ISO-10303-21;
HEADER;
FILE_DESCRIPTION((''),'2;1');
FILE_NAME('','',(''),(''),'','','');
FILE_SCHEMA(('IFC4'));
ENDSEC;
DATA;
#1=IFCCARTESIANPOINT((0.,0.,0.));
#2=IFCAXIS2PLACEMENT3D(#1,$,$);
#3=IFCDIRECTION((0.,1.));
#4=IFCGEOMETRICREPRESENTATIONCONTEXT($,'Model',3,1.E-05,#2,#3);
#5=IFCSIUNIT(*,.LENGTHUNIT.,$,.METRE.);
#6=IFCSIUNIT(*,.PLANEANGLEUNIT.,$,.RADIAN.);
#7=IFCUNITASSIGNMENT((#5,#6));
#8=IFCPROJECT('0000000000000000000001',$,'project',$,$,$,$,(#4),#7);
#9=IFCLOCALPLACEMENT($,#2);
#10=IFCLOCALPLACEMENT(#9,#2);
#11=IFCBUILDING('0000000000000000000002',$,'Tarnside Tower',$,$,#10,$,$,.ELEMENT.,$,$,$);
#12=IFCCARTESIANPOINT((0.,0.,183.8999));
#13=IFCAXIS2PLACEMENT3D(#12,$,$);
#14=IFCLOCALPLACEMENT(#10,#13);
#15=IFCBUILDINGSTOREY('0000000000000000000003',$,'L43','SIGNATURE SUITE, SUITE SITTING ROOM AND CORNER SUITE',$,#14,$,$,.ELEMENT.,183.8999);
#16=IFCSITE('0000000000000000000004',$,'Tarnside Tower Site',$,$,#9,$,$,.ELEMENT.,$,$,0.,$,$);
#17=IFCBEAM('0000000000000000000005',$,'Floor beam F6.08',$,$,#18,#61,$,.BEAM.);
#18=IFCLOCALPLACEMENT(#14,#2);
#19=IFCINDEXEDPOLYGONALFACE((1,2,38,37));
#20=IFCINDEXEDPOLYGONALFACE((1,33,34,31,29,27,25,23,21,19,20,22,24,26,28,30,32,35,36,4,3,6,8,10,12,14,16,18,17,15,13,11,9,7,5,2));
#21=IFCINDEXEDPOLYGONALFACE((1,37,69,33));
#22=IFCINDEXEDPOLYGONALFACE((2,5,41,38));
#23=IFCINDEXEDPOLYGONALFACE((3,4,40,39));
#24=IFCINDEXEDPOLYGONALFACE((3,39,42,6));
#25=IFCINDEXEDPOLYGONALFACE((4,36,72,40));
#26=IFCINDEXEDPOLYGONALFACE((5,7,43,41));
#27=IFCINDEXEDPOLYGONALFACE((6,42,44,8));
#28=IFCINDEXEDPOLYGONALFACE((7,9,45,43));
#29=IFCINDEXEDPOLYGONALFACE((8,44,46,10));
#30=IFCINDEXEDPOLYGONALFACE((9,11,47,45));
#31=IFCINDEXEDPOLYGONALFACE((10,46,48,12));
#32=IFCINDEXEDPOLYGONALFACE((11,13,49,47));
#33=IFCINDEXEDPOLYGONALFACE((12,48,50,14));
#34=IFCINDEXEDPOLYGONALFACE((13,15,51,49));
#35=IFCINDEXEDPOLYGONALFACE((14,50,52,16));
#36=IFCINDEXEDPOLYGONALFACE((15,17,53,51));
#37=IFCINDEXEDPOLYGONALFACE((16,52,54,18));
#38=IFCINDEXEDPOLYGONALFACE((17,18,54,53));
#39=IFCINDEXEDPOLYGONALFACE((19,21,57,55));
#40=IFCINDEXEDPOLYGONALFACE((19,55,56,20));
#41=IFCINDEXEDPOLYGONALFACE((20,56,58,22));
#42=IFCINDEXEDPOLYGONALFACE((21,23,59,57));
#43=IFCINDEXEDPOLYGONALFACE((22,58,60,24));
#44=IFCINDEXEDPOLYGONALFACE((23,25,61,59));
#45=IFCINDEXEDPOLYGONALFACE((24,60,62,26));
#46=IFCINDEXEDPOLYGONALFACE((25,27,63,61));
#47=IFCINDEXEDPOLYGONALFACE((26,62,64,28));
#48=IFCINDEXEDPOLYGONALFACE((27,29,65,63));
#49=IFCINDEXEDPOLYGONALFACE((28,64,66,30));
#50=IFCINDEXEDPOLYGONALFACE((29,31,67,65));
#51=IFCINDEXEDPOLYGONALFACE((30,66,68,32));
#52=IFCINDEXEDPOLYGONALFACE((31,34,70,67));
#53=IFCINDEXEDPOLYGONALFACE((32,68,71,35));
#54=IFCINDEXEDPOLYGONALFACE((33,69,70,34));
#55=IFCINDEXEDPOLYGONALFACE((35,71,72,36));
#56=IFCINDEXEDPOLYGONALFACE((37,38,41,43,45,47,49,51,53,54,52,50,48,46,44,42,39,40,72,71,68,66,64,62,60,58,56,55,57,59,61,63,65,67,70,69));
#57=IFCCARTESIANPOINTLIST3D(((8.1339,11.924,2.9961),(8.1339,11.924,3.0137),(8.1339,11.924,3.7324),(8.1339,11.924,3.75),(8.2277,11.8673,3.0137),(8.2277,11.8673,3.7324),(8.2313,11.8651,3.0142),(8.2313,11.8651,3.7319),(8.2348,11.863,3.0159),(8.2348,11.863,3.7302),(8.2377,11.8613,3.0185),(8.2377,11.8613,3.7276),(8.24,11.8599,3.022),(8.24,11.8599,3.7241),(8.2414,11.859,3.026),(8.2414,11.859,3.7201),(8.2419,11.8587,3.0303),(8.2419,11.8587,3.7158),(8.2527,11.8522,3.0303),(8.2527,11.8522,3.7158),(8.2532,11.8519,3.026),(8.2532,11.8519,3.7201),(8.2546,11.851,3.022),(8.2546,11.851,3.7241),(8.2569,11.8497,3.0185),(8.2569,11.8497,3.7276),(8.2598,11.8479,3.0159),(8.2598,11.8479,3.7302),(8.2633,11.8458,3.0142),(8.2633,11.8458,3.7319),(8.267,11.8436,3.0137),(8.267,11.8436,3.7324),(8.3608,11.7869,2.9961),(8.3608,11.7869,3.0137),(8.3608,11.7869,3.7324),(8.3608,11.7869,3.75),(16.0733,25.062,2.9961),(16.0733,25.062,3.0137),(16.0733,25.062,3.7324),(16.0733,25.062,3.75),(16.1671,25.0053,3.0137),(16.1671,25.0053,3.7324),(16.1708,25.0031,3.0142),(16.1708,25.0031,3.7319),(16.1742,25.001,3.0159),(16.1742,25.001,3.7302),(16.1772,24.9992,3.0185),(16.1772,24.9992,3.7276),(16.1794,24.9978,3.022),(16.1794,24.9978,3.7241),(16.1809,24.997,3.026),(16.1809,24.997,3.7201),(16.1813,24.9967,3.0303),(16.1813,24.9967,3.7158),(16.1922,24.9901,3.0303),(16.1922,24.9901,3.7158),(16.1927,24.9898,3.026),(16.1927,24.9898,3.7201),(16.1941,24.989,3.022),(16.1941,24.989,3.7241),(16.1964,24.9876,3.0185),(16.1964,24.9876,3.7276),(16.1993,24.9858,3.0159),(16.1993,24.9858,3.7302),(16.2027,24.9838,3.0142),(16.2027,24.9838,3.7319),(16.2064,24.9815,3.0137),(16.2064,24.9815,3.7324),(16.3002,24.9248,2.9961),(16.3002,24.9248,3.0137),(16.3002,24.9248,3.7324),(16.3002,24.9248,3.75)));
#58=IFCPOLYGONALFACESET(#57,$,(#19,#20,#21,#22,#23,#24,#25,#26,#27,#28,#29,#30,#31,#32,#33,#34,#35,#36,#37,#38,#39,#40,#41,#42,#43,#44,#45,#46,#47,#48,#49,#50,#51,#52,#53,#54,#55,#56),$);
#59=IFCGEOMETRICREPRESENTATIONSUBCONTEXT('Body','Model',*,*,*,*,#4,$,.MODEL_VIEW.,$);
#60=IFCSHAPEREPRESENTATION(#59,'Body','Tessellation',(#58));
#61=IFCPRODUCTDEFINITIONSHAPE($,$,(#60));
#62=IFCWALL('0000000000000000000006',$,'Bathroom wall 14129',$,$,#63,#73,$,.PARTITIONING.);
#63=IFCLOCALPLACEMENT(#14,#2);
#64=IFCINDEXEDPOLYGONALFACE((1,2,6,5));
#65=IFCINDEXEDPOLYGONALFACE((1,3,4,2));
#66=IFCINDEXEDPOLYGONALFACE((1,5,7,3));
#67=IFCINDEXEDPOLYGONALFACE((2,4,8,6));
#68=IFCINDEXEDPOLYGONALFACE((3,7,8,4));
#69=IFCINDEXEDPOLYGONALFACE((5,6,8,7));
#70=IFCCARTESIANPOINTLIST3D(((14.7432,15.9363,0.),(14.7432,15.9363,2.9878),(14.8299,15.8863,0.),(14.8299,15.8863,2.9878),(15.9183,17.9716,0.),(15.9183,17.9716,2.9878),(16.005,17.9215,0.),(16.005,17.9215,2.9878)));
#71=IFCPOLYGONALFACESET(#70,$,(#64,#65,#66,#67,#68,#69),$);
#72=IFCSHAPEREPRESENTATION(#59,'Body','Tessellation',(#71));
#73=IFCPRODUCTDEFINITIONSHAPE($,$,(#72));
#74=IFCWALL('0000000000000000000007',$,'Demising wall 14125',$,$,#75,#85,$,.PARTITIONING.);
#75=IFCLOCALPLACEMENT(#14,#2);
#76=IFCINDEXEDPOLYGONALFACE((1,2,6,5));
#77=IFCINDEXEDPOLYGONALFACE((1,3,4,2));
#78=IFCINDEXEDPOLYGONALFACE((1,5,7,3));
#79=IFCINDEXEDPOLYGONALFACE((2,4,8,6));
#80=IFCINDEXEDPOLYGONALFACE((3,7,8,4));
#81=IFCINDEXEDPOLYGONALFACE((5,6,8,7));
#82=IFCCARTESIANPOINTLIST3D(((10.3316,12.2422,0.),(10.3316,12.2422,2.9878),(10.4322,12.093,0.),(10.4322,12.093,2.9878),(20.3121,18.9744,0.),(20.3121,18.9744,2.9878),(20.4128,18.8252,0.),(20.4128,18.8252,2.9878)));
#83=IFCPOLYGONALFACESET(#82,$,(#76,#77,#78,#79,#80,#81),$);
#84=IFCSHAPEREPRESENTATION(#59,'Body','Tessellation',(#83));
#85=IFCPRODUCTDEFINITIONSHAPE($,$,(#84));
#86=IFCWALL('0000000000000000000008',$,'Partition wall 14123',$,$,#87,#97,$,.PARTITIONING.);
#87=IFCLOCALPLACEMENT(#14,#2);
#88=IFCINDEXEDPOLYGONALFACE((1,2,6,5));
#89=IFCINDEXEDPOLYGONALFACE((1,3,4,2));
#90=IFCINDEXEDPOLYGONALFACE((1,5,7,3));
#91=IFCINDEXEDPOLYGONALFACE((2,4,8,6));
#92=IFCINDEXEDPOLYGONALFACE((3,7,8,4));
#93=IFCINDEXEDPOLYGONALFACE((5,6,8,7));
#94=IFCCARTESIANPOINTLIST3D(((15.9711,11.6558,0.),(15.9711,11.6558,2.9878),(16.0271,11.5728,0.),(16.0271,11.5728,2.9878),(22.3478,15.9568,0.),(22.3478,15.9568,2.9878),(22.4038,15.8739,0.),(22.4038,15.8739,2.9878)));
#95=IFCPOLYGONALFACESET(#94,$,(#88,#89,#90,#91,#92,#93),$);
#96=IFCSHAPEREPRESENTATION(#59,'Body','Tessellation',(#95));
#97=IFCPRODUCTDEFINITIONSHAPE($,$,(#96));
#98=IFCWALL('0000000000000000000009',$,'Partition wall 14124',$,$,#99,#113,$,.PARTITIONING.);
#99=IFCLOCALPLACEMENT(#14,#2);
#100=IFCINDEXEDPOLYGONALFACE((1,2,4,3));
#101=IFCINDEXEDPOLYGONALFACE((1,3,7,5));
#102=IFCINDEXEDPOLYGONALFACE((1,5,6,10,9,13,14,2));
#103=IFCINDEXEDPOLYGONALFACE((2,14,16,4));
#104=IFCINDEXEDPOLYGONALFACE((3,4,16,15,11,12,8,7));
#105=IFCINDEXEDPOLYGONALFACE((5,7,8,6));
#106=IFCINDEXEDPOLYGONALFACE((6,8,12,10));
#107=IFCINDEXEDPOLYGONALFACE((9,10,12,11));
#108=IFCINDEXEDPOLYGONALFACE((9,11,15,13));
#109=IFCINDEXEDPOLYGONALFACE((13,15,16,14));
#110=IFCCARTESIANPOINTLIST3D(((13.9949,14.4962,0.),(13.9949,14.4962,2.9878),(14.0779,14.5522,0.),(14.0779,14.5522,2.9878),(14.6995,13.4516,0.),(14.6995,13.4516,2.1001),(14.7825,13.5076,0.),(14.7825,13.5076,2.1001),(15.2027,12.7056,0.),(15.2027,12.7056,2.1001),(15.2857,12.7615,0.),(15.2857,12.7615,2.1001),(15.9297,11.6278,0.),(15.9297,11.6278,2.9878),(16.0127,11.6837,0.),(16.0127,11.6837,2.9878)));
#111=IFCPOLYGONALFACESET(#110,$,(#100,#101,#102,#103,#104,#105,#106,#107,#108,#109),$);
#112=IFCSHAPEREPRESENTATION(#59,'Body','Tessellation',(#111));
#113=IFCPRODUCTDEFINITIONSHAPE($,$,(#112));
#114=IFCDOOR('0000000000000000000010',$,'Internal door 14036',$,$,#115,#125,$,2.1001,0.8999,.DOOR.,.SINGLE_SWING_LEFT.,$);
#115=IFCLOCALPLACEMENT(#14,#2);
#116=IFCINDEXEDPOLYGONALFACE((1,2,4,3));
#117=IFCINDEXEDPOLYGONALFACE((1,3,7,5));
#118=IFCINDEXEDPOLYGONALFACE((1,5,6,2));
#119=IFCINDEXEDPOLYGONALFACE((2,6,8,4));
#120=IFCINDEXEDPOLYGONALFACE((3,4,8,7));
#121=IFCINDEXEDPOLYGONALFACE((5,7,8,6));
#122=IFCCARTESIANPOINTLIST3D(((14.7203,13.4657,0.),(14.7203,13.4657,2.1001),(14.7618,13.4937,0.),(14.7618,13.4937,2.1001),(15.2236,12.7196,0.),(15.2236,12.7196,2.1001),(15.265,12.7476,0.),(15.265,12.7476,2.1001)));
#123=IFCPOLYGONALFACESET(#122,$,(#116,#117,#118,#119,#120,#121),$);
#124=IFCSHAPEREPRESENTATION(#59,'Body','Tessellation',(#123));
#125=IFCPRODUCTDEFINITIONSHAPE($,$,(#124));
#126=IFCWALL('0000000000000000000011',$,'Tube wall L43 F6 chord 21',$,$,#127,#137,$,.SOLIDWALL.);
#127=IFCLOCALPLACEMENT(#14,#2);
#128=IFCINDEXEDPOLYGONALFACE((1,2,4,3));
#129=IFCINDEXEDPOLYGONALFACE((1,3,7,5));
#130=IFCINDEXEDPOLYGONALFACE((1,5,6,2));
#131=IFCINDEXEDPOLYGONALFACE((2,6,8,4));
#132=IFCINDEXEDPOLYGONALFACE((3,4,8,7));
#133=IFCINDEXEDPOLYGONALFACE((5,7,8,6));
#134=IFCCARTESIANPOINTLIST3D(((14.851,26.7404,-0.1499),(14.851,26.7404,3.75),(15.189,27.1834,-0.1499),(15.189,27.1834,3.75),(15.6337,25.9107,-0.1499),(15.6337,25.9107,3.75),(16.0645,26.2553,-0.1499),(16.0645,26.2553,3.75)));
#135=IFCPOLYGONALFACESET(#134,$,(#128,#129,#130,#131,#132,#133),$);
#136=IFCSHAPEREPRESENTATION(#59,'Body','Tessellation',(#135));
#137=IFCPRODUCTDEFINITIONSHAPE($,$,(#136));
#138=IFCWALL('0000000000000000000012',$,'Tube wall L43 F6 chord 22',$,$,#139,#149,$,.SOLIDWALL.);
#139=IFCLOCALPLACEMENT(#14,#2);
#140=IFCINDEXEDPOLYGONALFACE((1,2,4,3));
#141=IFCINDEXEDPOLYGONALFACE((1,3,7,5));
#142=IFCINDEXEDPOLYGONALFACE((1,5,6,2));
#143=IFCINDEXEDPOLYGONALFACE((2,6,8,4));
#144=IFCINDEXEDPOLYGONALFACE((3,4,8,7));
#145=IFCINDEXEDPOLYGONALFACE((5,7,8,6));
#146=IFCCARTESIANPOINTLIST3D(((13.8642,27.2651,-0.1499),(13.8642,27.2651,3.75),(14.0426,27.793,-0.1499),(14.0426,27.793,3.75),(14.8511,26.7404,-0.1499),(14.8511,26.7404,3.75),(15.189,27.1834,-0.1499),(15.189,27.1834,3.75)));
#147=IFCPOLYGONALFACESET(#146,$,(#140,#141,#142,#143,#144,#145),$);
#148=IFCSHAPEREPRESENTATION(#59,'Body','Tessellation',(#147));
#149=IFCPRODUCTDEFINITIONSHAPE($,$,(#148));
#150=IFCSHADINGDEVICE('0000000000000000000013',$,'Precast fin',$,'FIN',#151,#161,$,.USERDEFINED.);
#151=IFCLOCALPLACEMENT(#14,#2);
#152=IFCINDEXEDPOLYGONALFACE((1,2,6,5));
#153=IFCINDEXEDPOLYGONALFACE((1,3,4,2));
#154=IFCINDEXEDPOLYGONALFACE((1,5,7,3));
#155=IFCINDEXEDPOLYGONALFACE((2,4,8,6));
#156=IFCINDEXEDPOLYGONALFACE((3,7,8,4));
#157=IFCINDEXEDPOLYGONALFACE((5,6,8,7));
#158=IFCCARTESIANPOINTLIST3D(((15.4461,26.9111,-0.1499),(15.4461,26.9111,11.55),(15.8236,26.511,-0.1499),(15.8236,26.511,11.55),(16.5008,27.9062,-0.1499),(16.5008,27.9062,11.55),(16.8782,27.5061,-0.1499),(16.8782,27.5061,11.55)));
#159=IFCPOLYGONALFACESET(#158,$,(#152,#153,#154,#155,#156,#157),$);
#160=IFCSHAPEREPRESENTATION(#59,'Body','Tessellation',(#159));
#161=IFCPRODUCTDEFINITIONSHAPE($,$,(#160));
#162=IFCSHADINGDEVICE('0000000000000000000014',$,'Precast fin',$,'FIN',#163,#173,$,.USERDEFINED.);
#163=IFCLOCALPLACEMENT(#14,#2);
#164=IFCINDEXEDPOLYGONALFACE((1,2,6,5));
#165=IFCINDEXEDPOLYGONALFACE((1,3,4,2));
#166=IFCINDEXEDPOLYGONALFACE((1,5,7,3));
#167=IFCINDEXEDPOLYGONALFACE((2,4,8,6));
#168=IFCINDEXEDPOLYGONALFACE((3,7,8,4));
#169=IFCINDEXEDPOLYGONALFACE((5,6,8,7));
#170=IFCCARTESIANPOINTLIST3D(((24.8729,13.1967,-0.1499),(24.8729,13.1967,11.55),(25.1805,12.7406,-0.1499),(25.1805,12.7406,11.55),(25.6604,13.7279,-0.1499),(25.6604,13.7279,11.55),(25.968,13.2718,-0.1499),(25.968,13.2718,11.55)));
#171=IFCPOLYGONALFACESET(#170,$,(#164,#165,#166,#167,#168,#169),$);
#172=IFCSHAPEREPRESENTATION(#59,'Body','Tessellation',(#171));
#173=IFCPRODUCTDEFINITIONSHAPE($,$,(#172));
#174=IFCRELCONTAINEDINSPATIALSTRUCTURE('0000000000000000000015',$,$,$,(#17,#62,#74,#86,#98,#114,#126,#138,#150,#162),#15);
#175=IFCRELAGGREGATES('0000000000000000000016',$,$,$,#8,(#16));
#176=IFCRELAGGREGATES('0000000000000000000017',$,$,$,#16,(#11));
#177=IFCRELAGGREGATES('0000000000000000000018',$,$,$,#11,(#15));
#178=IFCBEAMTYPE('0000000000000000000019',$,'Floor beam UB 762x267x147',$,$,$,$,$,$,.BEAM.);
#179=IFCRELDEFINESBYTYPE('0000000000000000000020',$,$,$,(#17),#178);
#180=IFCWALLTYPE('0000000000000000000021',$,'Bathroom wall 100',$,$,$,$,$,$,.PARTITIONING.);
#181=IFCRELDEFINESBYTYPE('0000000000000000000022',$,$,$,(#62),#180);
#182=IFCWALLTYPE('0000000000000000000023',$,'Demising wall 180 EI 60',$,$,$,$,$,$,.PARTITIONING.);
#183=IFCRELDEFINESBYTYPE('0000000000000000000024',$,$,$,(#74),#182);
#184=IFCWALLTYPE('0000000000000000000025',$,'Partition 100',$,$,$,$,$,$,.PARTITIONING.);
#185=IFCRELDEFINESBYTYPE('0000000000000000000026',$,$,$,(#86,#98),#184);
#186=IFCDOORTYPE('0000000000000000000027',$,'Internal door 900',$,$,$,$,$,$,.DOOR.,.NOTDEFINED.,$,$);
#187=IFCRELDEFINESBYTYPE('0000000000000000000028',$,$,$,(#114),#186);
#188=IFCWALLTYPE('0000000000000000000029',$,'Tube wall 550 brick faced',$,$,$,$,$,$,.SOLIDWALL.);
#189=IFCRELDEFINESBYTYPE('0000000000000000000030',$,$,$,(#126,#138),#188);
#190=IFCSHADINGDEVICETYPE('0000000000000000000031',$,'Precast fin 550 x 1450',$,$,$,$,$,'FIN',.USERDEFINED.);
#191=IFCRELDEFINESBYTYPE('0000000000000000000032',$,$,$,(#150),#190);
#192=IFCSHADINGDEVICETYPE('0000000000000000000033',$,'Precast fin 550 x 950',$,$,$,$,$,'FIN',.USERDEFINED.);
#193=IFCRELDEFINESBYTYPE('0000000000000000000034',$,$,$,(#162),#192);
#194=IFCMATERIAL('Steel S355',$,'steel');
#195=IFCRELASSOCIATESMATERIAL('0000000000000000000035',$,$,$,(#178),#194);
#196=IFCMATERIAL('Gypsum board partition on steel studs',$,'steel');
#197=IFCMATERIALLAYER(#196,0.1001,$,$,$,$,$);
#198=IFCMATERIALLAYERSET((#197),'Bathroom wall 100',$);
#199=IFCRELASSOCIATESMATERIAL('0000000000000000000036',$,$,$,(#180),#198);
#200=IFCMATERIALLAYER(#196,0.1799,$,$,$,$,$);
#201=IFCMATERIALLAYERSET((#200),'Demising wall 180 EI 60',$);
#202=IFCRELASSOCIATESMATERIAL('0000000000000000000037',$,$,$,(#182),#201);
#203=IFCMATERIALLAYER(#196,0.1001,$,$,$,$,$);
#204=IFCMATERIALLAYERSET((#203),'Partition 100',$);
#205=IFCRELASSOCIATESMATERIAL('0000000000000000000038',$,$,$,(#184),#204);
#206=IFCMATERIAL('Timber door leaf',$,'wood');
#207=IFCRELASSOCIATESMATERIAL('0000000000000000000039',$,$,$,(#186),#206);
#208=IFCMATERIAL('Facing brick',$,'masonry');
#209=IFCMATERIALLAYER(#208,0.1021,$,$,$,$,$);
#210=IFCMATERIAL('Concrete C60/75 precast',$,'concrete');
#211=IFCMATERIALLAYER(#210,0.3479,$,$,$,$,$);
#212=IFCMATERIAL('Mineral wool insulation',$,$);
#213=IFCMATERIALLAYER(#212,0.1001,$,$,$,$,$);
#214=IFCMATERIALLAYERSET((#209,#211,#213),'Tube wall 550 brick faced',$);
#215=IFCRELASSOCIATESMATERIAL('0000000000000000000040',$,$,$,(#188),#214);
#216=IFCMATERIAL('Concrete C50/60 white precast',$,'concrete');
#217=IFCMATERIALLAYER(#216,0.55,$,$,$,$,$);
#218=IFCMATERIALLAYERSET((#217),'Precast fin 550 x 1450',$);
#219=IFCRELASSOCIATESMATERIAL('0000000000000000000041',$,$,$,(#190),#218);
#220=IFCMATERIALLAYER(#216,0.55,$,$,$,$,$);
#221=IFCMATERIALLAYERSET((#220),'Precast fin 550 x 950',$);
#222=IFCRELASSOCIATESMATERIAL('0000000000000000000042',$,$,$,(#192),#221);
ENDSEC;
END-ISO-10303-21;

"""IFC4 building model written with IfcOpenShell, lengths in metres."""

from ifc_helpers import new_model, si_unit, direction, frame, frame_2d, origin, origin_2d, place, context, subcontext, project, spatial, polyline, rectangle, i_section, outline, extrude, material, layer, layer_set, material_profile, profile_set, type_object, element, fill, save


model = new_model("IFC4")

# Units and contexts
model_context = context("Model", 3, precision=1e-05, world=origin(), true_north=direction((0.0, 1.0)))
body_context = subcontext(model_context, "Body", "Model", "MODEL_VIEW")
ifc_project = project(units=[si_unit("LENGTHUNIT", "METRE"), si_unit("PLANEANGLEUNIT", "RADIAN")], contexts=[model_context])

# Site, building, storey
site_placement = place(None, origin())
site = spatial("IfcSite", under=ifc_project, at=site_placement, Name="Tarnside Tower Site", CompositionType="ELEMENT", RefElevation=0.0)
building_placement = place(site_placement, origin())
building = spatial("IfcBuilding", under=site, at=building_placement, Name="Tarnside Tower", CompositionType="ELEMENT")
storey_placement = place(building_placement, frame((0.0, 0.0, 183.8999)))
storey = spatial("IfcBuildingStorey", under=building, at=storey_placement, Name="L43", Description="SIGNATURE SUITE, SUITE SITTING ROOM AND CORNER SUITE", CompositionType="ELEMENT", Elevation=183.8999)

# Beam
ifc_material_1 = material(Name="Steel S355", Category="steel")
ifc_material_profile = material_profile(ifc_material_1, i_section(OverallWidth=0.2651, OverallDepth=0.7539, WebThickness=0.0127, FlangeThickness=0.0176, FilletRadius=0.0166, at=origin_2d()), Name="UB 762x267x147")
ifc_profile_set = profile_set([ifc_material_profile], Name="Steel S355")
beam_type = type_object("IfcBeamType", Name="Floor beam UB 762x267x147", PredefinedType="BEAM", material=ifc_profile_set)
beam_1_placement = place(storey_placement, frame((16.1868, 24.9934, 3.373), z_axis=(-0.517209, -0.855859, 0.0), x_axis=(0.855859, -0.517209, 0.0)))
element("IfcBeam", 1, at=beam_1_placement, inside=storey, type_object=beam_type, Name="Floor beam F6.08", PredefinedType="BEAM", context=body_context, shape_type="SweptSolid", body=[
    extrude(i_section(OverallWidth=0.2651, OverallDepth=0.7539, WebThickness=0.0127, FlangeThickness=0.0176, FilletRadius=0.0166, at=origin_2d()), origin(), (0.0, 0.0, 1.0), 15.3506),
])

# Walls
ifc_material_2 = material(Name="Gypsum board partition on steel studs", Category="steel")
ifc_layer_1 = layer(ifc_material_2, 0.1001)
ifc_layer_set_1 = layer_set([ifc_layer_1], Name="Bathroom wall 100")
wall_type_1 = type_object("IfcWallType", Name="Bathroom wall 100", PredefinedType="PARTITIONING", material=ifc_layer_set_1)
wall_1_placement = place(storey_placement, frame((15.9617, 17.9465, 0.0), z_axis=(0.0, 0.0, 1.0), x_axis=(-0.500016, -0.866016, 0.0)))
element("IfcWall", 2, at=wall_1_placement, inside=storey, type_object=wall_type_1, Name="Bathroom wall 14129", PredefinedType="PARTITIONING", context=body_context, shape_type="SweptSolid", body=[
    extrude(rectangle(XDim=2.3501, YDim=0.1001, at=frame_2d((1.175, 0.0))), origin(), (0.0, 0.0, 1.0), 2.9878),
])
ifc_layer_2 = layer(ifc_material_2, 0.1799)
ifc_layer_set_2 = layer_set([ifc_layer_2], Name="Demising wall 180 EI 60")
wall_type_2 = type_object("IfcWallType", Name="Demising wall 180 EI 60", PredefinedType="PARTITIONING", material=ifc_layer_set_2)
wall_2_placement = place(storey_placement, frame((20.3625, 18.8999, 0.0), z_axis=(0.0, 0.0, 1.0), x_axis=(-0.829027, -0.559208, 0.0)))
element("IfcWall", 3, at=wall_2_placement, inside=storey, type_object=wall_type_2, Name="Demising wall 14125", PredefinedType="PARTITIONING", context=body_context, shape_type="SweptSolid", body=[
    extrude(rectangle(XDim=12.0388, YDim=0.1799, at=frame_2d((6.0195, 0.0))), origin(), (0.0, 0.0, 1.0), 2.9878),
])
ifc_layer_3 = layer(ifc_material_2, 0.1001)
ifc_layer_set_3 = layer_set([ifc_layer_3], Name="Partition 100")
wall_type_3 = type_object("IfcWallType", Name="Partition 100", PredefinedType="PARTITIONING", material=ifc_layer_set_3)
wall_3_placement = place(storey_placement, frame((22.3757, 15.9153, 0.0), z_axis=(0.0, 0.0, 1.0), x_axis=(-0.829045, -0.559182, 0.0)))
element("IfcWall", 4, at=wall_3_placement, inside=storey, type_object=wall_type_3, Name="Partition wall 14123", PredefinedType="PARTITIONING", context=body_context, shape_type="SweptSolid", body=[
    extrude(rectangle(XDim=7.6917, YDim=0.1001, at=frame_2d((3.8457, 0.0))), origin(), (0.0, 0.0, 1.0), 2.9878),
])

# Wall, opening, door
wall_4_placement = place(storey_placement, frame((15.9712, 11.6558, 0.0), z_axis=(0.0, 0.0, 1.0), x_axis=(-0.559203, 0.829031, 0.0)))
wall_4 = element("IfcWall", 5, at=wall_4_placement, inside=storey, type_object=wall_type_3, Name="Partition wall 14124", PredefinedType="PARTITIONING", context=body_context, shape_type="SweptSolid", body=[
    extrude(rectangle(XDim=3.46, YDim=0.1001, at=frame_2d((1.73, 0.0))), origin(), (0.0, 0.0, 1.0), 2.9878),
])
opening_placement = place(wall_4_placement, frame((1.3, 0.0, 0.0)))
opening = element("IfcOpeningElement", 6, at=opening_placement, cuts=wall_4, PredefinedType="OPENING", context=body_context, shape_type="SweptSolid", body=[
    extrude(rectangle(XDim=0.8999, YDim=2.1001, at=frame_2d((0.45, 1.05))), frame((0.0, 0.0601, 0.0), z_axis=(0.0, -1.0, 0.0), x_axis=(1.0, 0.0, 0.0)), (0.0, 0.0, 1.0), 0.1201),
])
ifc_material_3 = material(Name="Timber door leaf", Category="wood")
door_type = type_object("IfcDoorType", Name="Internal door 900", OperationType="NOTDEFINED", PredefinedType="DOOR", material=ifc_material_3)
door_placement = place(opening_placement, origin())
door = element("IfcDoor", 7, at=door_placement, inside=storey, type_object=door_type, Name="Internal door 14036", OperationType="SINGLE_SWING_LEFT", OverallHeight=2.1001, OverallWidth=0.8999, PredefinedType="DOOR", context=body_context, shape_type="SweptSolid", body=[
    extrude(rectangle(XDim=0.8999, YDim=2.1001, at=frame_2d((0.45, 1.05))), frame((0.0, 0.0249, 0.0), z_axis=(0.0, -1.0, 0.0), x_axis=(1.0, 0.0, 0.0)), (0.0, 0.0, 1.0), 0.05),
])
fill(opening, door)

# Walls
ifc_material_4 = material(Name="Facing brick", Category="masonry")
ifc_layer_4 = layer(ifc_material_4, 0.1021)
ifc_material_5 = material(Name="Concrete C60/75 precast", Category="concrete")
ifc_layer_5 = layer(ifc_material_5, 0.3479)
ifc_material_6 = material(Name="Mineral wool insulation")
ifc_layer_6 = layer(ifc_material_6, 0.1001)
ifc_layer_set_4 = layer_set([ifc_layer_4, ifc_layer_5, ifc_layer_6], Name="Tube wall 550 brick faced")
wall_type_4 = type_object("IfcWallType", Name="Tube wall 550 brick faced", PredefinedType="SOLIDWALL", material=ifc_layer_set_4)
wall_5_placement = place(storey_placement, frame((15.8491, 26.083, -0.1499), z_axis=(0.0, 0.0, 1.0), x_axis=(-0.686196, 0.727416, 0.0)))
element("IfcWall", 8, at=wall_5_placement, inside=storey, type_object=wall_type_4, Name="Tube wall L43 F6 chord 21", PredefinedType="SOLIDWALL", context=body_context, shape_type="SweptSolid", body=[
    extrude(outline(polyline([(-0.0225, -0.2749), (1.2534, -0.2749), (1.1631, 0.2749), (0.0225, 0.2749), (-0.0225, -0.2749)])), origin(), (0.0, 0.0, 1.0), 3.8999),
])
wall_6_placement = place(storey_placement, frame((15.02, 26.9619, -0.1499), z_axis=(0.0, 0.0, 1.0), x_axis=(-0.882951, 0.469465, 0.0)))
element("IfcWall", 9, at=wall_6_placement, inside=storey, type_object=wall_type_4, Name="Tube wall L43 F6 chord 22", PredefinedType="SOLIDWALL", context=body_context, shape_type="SweptSolid", body=[
    extrude(outline(polyline([(-0.0452, -0.2749), (1.2532, -0.2749), (1.1628, 0.2749), (0.0452, 0.2749), (-0.0452, -0.2749)])), origin(), (0.0, 0.0, 1.0), 3.8999),
])

# Shading devices
ifc_material_7 = material(Name="Concrete C50/60 white precast", Category="concrete")
ifc_layer_7 = layer(ifc_material_7, 0.55)
ifc_layer_set_5 = layer_set([ifc_layer_7], Name="Precast fin 550 x 1450")
shading_device_type_1 = type_object("IfcShadingDeviceType", Name="Precast fin 550 x 1450", ElementType="FIN", PredefinedType="USERDEFINED", material=ifc_layer_set_5)
shading_device_placement = place(storey_placement, frame((15.6348, 26.7112, -0.1499), z_axis=(0.686242, -0.727374, 0.0), x_axis=(0.727374, 0.686242, 0.0)))
element("IfcShadingDevice", 10, at=shading_device_placement, inside=storey, type_object=shading_device_type_1, Name="Precast fin", ObjectType="FIN", PredefinedType="USERDEFINED", context=body_context, shape_type="SweptSolid", body=[
    extrude(outline(polyline([(0.0, 0.0), (1.45, 0.0), (1.45, 11.7), (0.0, 11.7), (0.0, 0.0)])), frame((0.0, 0.0, -0.2749)), (0.0, 0.0, 1.0), 0.55),
])
ifc_layer_8 = layer(ifc_material_7, 0.55)
ifc_layer_set_6 = layer_set([ifc_layer_8], Name="Precast fin 550 x 950")
shading_device_type_2 = type_object("IfcShadingDeviceType", Name="Precast fin 550 x 950", ElementType="FIN", PredefinedType="USERDEFINED", material=ifc_layer_set_6)
for number, where, z_axis, x_axis, name in (
    (11, (25.0266, 12.9688, -0.1499), (0.559193, -0.829038, 0.0), (0.829038, 0.559193, 0.0), "Precast fin"),
):
    element("IfcShadingDevice", number, at=place(storey_placement, frame(where, z_axis=z_axis, x_axis=x_axis)), inside=storey, type_object=shading_device_type_2, Name=name, ObjectType="FIN", PredefinedType="USERDEFINED", context=body_context, shape_type="SweptSolid", body=[
        extrude(outline(polyline([(0.0, 0.0), (0.95, 0.0), (0.95, 11.7), (0.0, 11.7), (0.0, 0.0)])), frame((0.0, 0.0, -0.2749)), (0.0, 0.0, 1.0), 0.55),
    ])

save(model, "model.ifc")
